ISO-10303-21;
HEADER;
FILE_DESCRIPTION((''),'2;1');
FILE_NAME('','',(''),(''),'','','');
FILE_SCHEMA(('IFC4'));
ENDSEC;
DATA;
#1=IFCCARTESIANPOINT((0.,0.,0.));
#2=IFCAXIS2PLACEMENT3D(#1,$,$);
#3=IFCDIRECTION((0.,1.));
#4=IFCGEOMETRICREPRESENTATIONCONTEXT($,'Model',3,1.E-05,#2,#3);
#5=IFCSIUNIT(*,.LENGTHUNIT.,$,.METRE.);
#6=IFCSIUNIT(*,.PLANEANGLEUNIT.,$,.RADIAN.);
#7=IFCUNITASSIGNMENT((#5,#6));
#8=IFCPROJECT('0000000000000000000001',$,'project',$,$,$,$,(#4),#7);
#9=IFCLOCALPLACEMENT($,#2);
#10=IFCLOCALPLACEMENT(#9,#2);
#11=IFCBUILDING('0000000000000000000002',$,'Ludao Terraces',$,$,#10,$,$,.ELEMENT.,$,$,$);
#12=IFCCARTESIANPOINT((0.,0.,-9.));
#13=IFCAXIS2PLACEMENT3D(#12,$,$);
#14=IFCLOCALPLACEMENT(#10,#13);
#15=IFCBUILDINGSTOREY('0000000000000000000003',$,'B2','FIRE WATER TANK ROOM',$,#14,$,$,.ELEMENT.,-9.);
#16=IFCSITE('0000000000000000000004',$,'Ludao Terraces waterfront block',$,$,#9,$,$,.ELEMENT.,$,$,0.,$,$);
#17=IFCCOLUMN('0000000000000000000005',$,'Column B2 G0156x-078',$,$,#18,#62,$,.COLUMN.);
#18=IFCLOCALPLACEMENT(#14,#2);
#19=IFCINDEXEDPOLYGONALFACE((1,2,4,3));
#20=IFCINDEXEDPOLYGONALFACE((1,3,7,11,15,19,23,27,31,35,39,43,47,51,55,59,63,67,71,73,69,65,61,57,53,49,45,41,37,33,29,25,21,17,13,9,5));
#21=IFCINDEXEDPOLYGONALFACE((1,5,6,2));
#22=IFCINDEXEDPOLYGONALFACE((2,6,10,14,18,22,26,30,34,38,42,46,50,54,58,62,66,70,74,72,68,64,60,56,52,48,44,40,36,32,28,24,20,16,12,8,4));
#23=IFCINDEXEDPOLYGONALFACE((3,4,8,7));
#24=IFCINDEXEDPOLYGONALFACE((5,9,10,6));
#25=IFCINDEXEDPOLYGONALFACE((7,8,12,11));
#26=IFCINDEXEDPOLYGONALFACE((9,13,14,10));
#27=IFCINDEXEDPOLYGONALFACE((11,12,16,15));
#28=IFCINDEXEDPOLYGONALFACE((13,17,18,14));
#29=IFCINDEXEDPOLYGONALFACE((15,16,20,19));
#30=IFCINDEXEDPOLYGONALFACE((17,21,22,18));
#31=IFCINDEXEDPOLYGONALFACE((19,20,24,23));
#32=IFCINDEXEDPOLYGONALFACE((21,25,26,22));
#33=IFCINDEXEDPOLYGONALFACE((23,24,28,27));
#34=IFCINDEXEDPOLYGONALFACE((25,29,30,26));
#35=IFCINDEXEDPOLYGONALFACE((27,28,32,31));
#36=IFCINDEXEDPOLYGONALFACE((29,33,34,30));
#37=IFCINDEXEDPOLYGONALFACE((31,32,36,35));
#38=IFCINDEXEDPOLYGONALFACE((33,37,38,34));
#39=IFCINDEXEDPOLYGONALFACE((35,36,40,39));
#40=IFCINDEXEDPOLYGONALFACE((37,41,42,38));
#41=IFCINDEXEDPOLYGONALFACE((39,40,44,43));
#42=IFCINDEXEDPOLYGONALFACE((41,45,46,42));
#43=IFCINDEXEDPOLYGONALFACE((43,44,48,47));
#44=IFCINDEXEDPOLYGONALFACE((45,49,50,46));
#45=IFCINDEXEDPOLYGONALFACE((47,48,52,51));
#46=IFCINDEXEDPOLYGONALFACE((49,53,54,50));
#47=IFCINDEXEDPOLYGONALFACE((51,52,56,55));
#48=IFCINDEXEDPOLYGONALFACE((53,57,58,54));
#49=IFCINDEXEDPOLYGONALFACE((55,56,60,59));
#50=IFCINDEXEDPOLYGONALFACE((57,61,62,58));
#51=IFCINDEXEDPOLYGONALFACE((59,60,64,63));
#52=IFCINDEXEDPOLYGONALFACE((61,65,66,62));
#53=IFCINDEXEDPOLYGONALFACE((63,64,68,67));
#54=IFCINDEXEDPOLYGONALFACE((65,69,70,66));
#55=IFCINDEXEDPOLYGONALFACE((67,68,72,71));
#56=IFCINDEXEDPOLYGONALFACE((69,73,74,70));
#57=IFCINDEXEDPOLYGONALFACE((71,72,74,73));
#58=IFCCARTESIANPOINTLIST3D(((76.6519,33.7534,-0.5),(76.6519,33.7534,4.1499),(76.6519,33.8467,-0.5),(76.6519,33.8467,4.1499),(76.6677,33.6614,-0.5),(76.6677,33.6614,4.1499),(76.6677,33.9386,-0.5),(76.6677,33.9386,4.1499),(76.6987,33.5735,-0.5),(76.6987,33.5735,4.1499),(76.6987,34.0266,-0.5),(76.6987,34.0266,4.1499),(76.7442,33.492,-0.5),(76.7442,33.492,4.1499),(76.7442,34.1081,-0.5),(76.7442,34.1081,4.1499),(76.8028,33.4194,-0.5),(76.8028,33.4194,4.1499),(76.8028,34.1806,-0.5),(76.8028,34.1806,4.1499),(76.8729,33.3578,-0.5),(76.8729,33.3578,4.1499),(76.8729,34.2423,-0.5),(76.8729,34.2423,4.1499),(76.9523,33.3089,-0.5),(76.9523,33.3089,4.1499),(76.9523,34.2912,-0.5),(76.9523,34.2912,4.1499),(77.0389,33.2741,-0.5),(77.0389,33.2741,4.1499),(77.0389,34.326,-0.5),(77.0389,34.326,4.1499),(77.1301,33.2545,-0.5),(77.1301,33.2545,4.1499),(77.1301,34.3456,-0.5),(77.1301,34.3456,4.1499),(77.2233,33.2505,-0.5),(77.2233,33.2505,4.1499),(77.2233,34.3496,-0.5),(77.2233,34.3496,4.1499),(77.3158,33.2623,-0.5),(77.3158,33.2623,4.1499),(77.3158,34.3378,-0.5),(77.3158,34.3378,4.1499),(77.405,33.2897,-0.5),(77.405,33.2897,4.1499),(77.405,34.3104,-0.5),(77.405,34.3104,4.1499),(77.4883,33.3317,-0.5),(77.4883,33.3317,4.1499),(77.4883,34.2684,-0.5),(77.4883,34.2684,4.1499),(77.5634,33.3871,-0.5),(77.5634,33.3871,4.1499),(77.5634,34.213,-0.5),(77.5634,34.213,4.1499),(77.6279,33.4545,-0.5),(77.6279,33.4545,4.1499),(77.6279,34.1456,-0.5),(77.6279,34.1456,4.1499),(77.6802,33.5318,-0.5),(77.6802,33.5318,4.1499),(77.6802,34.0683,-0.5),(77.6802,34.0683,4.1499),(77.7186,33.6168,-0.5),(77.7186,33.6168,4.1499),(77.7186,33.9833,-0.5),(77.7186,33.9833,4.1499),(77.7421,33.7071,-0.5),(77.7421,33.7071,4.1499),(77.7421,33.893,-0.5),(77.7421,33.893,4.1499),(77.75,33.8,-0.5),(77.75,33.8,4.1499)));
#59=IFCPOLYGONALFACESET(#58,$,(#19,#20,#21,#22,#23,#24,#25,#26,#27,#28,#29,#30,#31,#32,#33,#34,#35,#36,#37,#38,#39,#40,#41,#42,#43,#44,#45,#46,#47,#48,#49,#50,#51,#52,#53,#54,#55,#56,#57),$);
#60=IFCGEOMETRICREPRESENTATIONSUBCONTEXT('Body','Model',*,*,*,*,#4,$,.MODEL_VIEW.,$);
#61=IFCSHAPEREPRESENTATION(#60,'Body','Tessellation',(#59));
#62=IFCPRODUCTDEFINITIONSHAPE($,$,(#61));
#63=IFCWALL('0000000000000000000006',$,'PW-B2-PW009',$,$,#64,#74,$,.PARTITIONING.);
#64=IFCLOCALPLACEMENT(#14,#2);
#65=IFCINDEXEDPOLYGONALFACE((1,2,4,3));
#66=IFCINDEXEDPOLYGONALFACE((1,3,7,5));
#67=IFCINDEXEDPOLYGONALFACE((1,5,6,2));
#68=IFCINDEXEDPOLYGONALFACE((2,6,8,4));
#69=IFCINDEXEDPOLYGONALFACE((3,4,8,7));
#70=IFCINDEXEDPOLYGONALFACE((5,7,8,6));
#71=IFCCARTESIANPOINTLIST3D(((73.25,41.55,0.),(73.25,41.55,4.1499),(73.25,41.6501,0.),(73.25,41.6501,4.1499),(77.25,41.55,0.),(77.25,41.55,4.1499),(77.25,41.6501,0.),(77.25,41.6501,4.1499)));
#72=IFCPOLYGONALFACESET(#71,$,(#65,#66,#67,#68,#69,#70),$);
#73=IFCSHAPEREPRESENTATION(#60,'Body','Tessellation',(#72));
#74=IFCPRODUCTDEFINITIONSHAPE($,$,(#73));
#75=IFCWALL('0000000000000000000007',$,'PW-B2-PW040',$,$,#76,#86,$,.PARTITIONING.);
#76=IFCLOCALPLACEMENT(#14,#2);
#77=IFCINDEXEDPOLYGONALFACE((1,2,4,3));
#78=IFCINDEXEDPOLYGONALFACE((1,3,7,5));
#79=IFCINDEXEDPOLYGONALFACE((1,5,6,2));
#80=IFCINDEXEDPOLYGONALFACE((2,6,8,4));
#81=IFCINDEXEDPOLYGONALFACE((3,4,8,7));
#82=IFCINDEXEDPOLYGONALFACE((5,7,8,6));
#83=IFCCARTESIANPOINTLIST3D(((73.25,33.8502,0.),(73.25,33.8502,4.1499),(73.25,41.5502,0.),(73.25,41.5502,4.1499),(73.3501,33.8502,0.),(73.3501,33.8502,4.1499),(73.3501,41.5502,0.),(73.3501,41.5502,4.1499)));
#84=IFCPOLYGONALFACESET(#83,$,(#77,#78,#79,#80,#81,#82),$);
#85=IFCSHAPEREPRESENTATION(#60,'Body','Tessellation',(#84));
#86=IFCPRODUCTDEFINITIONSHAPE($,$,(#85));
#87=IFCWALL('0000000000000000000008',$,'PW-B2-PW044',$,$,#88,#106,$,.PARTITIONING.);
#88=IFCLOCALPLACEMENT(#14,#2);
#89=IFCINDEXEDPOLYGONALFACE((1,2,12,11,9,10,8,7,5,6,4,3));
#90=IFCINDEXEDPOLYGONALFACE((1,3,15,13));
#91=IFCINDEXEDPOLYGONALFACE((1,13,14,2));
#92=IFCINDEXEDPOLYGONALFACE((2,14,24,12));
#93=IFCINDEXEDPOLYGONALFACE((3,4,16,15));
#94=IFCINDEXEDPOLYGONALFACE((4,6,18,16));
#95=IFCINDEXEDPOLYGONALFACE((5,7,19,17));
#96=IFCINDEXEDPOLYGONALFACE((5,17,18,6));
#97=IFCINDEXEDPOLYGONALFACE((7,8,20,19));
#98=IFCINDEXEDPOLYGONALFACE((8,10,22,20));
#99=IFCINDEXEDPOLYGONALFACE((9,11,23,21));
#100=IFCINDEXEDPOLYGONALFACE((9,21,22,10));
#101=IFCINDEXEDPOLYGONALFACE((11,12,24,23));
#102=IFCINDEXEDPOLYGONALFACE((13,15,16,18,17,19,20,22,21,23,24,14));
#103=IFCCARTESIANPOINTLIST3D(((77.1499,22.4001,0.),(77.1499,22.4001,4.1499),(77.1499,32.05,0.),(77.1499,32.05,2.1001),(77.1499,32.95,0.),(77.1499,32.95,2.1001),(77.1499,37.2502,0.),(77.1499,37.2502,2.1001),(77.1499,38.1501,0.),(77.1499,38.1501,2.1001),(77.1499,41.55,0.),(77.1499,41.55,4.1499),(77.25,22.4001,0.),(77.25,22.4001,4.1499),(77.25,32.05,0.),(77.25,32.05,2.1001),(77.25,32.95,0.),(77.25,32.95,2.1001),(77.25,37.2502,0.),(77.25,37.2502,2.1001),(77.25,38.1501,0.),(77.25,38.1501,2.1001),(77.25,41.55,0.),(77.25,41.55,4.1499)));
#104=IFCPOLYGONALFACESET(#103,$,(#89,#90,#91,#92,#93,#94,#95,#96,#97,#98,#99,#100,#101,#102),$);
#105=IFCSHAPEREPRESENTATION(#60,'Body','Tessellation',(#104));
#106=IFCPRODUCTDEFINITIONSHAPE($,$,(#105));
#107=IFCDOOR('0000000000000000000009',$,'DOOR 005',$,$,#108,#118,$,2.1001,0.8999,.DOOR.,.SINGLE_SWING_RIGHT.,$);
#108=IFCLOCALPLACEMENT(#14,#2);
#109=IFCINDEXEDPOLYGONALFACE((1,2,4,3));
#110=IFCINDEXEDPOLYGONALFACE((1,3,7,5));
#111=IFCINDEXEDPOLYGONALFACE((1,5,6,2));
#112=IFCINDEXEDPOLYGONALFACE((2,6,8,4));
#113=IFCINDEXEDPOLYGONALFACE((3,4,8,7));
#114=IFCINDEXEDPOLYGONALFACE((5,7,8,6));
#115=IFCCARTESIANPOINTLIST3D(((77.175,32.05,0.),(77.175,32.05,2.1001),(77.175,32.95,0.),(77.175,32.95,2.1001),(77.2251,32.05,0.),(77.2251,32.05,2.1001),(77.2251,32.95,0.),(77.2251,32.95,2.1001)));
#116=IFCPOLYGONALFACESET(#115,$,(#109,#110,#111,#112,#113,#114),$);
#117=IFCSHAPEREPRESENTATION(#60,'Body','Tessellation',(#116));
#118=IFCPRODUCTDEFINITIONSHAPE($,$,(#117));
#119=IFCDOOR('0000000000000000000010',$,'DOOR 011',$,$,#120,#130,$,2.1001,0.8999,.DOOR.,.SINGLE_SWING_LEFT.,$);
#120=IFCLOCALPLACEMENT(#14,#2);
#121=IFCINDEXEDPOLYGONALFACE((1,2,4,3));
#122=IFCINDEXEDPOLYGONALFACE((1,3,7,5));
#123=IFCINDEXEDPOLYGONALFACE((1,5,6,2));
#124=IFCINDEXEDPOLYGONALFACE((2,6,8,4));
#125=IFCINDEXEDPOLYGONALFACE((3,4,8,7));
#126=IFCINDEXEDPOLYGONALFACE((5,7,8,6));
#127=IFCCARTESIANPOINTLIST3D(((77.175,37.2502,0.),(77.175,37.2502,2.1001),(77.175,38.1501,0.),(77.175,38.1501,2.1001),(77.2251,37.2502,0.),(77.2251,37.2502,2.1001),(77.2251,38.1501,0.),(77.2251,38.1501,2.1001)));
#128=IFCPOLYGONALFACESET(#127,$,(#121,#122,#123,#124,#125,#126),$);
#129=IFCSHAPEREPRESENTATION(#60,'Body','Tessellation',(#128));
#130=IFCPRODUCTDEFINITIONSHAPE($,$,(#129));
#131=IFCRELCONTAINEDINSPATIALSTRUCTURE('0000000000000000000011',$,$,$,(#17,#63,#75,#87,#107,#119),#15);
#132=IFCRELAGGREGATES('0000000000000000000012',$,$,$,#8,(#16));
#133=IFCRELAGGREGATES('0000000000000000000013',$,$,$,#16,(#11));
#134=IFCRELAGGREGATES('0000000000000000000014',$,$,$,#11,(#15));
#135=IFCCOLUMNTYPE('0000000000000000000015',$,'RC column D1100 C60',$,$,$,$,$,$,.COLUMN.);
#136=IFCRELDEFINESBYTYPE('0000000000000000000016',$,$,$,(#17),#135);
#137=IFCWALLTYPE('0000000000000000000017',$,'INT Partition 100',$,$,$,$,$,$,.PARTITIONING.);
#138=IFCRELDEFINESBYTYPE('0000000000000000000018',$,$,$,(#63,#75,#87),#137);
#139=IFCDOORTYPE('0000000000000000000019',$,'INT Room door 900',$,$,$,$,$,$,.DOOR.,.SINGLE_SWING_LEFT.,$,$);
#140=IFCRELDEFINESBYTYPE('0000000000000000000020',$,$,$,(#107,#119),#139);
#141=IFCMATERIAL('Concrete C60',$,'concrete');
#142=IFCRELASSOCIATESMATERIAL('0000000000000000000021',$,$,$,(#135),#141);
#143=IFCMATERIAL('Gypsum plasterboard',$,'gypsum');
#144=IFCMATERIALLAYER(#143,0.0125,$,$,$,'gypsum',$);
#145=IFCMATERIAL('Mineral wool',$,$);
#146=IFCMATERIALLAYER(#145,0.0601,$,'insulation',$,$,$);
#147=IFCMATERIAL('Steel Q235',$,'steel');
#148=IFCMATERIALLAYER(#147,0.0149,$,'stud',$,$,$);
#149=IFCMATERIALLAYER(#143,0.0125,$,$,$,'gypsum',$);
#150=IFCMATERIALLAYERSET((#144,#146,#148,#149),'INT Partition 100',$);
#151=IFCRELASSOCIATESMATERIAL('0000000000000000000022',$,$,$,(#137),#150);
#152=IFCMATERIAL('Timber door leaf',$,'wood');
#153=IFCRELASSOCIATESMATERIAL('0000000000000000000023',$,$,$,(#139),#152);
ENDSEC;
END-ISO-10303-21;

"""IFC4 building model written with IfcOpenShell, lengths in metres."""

from ifc_helpers import new_model, si_unit, direction, frame, frame_2d, origin, origin_2d, place, context, subcontext, project, spatial, rectangle, circle, extrude, material, layer, layer_set, material_profile, profile_set, type_object, element, fill, save


model = new_model("IFC4")

# Units and contexts
model_context = context("Model", 3, precision=1e-05, world=origin(), true_north=direction((0.0, 1.0)))
body_context = subcontext(model_context, "Body", "Model", "MODEL_VIEW")
ifc_project = project(units=[si_unit("LENGTHUNIT", "METRE"), si_unit("PLANEANGLEUNIT", "RADIAN")], contexts=[model_context])

# Site, building, storey
site_placement = place(None, origin())
site = spatial("IfcSite", under=ifc_project, at=site_placement, Name="Ludao Terraces waterfront block", CompositionType="ELEMENT", RefElevation=0.0)
building_placement = place(site_placement, origin())
building = spatial("IfcBuilding", under=site, at=building_placement, Name="Ludao Terraces", CompositionType="ELEMENT")
storey_placement = place(building_placement, frame((0.0, 0.0, -9.0)))
storey = spatial("IfcBuildingStorey", under=building, at=storey_placement, Name="B2", Description="FIRE WATER TANK ROOM", CompositionType="ELEMENT", Elevation=-9.0)

# Column
ifc_material_1 = material(Name="Concrete C60", Category="concrete")
ifc_material_profile_1 = material_profile(ifc_material_1, circle(Radius=0.55, at=origin_2d()), Name="D1100")
ifc_profile_set_1 = profile_set([ifc_material_profile_1], Name="Concrete C60")
column_type_1 = type_object("IfcColumnType", Name="RC column D1100 C60", PredefinedType="COLUMN", material=ifc_profile_set_1)
for number, where, z_axis, x_axis, name in (
    (1, (77.2, 33.8, -0.5), (0.0, 0.0, 1.0), (1.0, 0.0, 0.0), "Column B2 G0156x-078"),
):
    element("IfcColumn", number, at=place(storey_placement, frame(where, z_axis=z_axis, x_axis=x_axis)), inside=storey, type_object=column_type_1, Name=name, PredefinedType="COLUMN", context=body_context, shape_type="SweptSolid", body=[
        extrude(circle(Radius=0.55, at=origin_2d()), origin(), (0.0, 0.0, 1.0), 4.6499),
    ])

# Walls
ifc_material_2 = material(Name="Gypsum plasterboard", Category="gypsum")
ifc_layer_1 = layer(ifc_material_2, 0.0125, Category="gypsum")
ifc_material_3 = material(Name="Mineral wool")
ifc_layer_2 = layer(ifc_material_3, 0.0601, Name="insulation")
ifc_material_4 = material(Name="Steel Q235", Category="steel")
ifc_layer_3 = layer(ifc_material_4, 0.0149, Name="stud")
ifc_layer_4 = layer(ifc_material_2, 0.0125, Category="gypsum")
ifc_layer_set = layer_set([ifc_layer_1, ifc_layer_2, ifc_layer_3, ifc_layer_4], Name="INT Partition 100")
wall_type = type_object("IfcWallType", Name="INT Partition 100", PredefinedType="PARTITIONING", material=ifc_layer_set)
wall_1_placement = place(storey_placement, frame((73.25, 41.6001, 0.0), z_axis=(0.0, 0.0, 1.0), x_axis=(1.0, 0.0, 0.0)))
element("IfcWall", 2, at=wall_1_placement, inside=storey, type_object=wall_type, Name="PW-B2-PW009", PredefinedType="PARTITIONING", context=body_context, shape_type="SweptSolid", body=[
    extrude(rectangle(XDim=4.0, YDim=0.1001, at=frame_2d((2.0, 0.0))), origin(), (0.0, 0.0, 1.0), 4.1499),
])
wall_2_placement = place(storey_placement, frame((73.3, 33.8501, 0.0), z_axis=(0.0, 0.0, 1.0), x_axis=(0.0, 1.0, 0.0)))
element("IfcWall", 3, at=wall_2_placement, inside=storey, type_object=wall_type, Name="PW-B2-PW040", PredefinedType="PARTITIONING", context=body_context, shape_type="SweptSolid", body=[
    extrude(rectangle(XDim=7.7, YDim=0.1001, at=frame_2d((3.8501, 0.0))), origin(), (0.0, 0.0, 1.0), 4.1499),
])

# Wall, openings, doors
wall_3_placement = place(storey_placement, frame((77.2, 22.4001, 0.0), z_axis=(0.0, 0.0, 1.0), x_axis=(0.0, 1.0, 0.0)))
wall_3 = element("IfcWall", 4, at=wall_3_placement, inside=storey, type_object=wall_type, Name="PW-B2-PW044", PredefinedType="PARTITIONING", context=body_context, shape_type="SweptSolid", body=[
    extrude(rectangle(XDim=19.1499, YDim=0.1001, at=frame_2d((9.575, 0.0))), origin(), (0.0, 0.0, 1.0), 4.1499),
])
opening_1_placement = place(wall_3_placement, frame((9.6499, 0.0, 0.0)))
opening_1 = element("IfcOpeningElement", 5, at=opening_1_placement, cuts=wall_3, PredefinedType="OPENING", context=body_context, shape_type="SweptSolid", body=[
    extrude(rectangle(XDim=0.8999, YDim=2.1001, at=frame_2d((0.45, 1.05))), frame((0.0, 0.0601, 0.0), z_axis=(0.0, -1.0, 0.0), x_axis=(1.0, 0.0, 0.0)), (0.0, 0.0, 1.0), 0.1201),
])
opening_2_placement = place(wall_3_placement, frame((14.8501, 0.0, 0.0)))
opening_2 = element("IfcOpeningElement", 6, at=opening_2_placement, cuts=wall_3, PredefinedType="OPENING", context=body_context, shape_type="SweptSolid", body=[
    extrude(rectangle(XDim=0.8999, YDim=2.1001, at=frame_2d((0.45, 1.05))), frame((0.0, 0.0601, 0.0), z_axis=(0.0, -1.0, 0.0), x_axis=(1.0, 0.0, 0.0)), (0.0, 0.0, 1.0), 0.1201),
])
ifc_material_5 = material(Name="Timber door leaf", Category="wood")
door_type = type_object("IfcDoorType", Name="INT Room door 900", OperationType="SINGLE_SWING_LEFT", PredefinedType="DOOR", material=ifc_material_5)
door_1_placement = place(opening_1_placement, origin())
door_1 = element("IfcDoor", 7, at=door_1_placement, inside=storey, type_object=door_type, Name="DOOR 005", OperationType="SINGLE_SWING_RIGHT", OverallHeight=2.1001, OverallWidth=0.8999, PredefinedType="DOOR", context=body_context, shape_type="SweptSolid", body=[
    extrude(rectangle(XDim=0.8999, YDim=2.1001, at=frame_2d((0.45, 1.05))), frame((0.0, 0.0249, 0.0), z_axis=(0.0, -1.0, 0.0), x_axis=(1.0, 0.0, 0.0)), (0.0, 0.0, 1.0), 0.05),
])
fill(opening_1, door_1)
door_2_placement = place(opening_2_placement, origin())
door_2 = element("IfcDoor", 8, at=door_2_placement, inside=storey, type_object=door_type, Name="DOOR 011", OperationType="SINGLE_SWING_LEFT", OverallHeight=2.1001, OverallWidth=0.8999, PredefinedType="DOOR", context=body_context, shape_type="SweptSolid", body=[
    extrude(rectangle(XDim=0.8999, YDim=2.1001, at=frame_2d((0.45, 1.05))), frame((0.0, 0.0249, 0.0), z_axis=(0.0, -1.0, 0.0), x_axis=(1.0, 0.0, 0.0)), (0.0, 0.0, 1.0), 0.05),
])
fill(opening_2, door_2)

save(model, "model.ifc")
